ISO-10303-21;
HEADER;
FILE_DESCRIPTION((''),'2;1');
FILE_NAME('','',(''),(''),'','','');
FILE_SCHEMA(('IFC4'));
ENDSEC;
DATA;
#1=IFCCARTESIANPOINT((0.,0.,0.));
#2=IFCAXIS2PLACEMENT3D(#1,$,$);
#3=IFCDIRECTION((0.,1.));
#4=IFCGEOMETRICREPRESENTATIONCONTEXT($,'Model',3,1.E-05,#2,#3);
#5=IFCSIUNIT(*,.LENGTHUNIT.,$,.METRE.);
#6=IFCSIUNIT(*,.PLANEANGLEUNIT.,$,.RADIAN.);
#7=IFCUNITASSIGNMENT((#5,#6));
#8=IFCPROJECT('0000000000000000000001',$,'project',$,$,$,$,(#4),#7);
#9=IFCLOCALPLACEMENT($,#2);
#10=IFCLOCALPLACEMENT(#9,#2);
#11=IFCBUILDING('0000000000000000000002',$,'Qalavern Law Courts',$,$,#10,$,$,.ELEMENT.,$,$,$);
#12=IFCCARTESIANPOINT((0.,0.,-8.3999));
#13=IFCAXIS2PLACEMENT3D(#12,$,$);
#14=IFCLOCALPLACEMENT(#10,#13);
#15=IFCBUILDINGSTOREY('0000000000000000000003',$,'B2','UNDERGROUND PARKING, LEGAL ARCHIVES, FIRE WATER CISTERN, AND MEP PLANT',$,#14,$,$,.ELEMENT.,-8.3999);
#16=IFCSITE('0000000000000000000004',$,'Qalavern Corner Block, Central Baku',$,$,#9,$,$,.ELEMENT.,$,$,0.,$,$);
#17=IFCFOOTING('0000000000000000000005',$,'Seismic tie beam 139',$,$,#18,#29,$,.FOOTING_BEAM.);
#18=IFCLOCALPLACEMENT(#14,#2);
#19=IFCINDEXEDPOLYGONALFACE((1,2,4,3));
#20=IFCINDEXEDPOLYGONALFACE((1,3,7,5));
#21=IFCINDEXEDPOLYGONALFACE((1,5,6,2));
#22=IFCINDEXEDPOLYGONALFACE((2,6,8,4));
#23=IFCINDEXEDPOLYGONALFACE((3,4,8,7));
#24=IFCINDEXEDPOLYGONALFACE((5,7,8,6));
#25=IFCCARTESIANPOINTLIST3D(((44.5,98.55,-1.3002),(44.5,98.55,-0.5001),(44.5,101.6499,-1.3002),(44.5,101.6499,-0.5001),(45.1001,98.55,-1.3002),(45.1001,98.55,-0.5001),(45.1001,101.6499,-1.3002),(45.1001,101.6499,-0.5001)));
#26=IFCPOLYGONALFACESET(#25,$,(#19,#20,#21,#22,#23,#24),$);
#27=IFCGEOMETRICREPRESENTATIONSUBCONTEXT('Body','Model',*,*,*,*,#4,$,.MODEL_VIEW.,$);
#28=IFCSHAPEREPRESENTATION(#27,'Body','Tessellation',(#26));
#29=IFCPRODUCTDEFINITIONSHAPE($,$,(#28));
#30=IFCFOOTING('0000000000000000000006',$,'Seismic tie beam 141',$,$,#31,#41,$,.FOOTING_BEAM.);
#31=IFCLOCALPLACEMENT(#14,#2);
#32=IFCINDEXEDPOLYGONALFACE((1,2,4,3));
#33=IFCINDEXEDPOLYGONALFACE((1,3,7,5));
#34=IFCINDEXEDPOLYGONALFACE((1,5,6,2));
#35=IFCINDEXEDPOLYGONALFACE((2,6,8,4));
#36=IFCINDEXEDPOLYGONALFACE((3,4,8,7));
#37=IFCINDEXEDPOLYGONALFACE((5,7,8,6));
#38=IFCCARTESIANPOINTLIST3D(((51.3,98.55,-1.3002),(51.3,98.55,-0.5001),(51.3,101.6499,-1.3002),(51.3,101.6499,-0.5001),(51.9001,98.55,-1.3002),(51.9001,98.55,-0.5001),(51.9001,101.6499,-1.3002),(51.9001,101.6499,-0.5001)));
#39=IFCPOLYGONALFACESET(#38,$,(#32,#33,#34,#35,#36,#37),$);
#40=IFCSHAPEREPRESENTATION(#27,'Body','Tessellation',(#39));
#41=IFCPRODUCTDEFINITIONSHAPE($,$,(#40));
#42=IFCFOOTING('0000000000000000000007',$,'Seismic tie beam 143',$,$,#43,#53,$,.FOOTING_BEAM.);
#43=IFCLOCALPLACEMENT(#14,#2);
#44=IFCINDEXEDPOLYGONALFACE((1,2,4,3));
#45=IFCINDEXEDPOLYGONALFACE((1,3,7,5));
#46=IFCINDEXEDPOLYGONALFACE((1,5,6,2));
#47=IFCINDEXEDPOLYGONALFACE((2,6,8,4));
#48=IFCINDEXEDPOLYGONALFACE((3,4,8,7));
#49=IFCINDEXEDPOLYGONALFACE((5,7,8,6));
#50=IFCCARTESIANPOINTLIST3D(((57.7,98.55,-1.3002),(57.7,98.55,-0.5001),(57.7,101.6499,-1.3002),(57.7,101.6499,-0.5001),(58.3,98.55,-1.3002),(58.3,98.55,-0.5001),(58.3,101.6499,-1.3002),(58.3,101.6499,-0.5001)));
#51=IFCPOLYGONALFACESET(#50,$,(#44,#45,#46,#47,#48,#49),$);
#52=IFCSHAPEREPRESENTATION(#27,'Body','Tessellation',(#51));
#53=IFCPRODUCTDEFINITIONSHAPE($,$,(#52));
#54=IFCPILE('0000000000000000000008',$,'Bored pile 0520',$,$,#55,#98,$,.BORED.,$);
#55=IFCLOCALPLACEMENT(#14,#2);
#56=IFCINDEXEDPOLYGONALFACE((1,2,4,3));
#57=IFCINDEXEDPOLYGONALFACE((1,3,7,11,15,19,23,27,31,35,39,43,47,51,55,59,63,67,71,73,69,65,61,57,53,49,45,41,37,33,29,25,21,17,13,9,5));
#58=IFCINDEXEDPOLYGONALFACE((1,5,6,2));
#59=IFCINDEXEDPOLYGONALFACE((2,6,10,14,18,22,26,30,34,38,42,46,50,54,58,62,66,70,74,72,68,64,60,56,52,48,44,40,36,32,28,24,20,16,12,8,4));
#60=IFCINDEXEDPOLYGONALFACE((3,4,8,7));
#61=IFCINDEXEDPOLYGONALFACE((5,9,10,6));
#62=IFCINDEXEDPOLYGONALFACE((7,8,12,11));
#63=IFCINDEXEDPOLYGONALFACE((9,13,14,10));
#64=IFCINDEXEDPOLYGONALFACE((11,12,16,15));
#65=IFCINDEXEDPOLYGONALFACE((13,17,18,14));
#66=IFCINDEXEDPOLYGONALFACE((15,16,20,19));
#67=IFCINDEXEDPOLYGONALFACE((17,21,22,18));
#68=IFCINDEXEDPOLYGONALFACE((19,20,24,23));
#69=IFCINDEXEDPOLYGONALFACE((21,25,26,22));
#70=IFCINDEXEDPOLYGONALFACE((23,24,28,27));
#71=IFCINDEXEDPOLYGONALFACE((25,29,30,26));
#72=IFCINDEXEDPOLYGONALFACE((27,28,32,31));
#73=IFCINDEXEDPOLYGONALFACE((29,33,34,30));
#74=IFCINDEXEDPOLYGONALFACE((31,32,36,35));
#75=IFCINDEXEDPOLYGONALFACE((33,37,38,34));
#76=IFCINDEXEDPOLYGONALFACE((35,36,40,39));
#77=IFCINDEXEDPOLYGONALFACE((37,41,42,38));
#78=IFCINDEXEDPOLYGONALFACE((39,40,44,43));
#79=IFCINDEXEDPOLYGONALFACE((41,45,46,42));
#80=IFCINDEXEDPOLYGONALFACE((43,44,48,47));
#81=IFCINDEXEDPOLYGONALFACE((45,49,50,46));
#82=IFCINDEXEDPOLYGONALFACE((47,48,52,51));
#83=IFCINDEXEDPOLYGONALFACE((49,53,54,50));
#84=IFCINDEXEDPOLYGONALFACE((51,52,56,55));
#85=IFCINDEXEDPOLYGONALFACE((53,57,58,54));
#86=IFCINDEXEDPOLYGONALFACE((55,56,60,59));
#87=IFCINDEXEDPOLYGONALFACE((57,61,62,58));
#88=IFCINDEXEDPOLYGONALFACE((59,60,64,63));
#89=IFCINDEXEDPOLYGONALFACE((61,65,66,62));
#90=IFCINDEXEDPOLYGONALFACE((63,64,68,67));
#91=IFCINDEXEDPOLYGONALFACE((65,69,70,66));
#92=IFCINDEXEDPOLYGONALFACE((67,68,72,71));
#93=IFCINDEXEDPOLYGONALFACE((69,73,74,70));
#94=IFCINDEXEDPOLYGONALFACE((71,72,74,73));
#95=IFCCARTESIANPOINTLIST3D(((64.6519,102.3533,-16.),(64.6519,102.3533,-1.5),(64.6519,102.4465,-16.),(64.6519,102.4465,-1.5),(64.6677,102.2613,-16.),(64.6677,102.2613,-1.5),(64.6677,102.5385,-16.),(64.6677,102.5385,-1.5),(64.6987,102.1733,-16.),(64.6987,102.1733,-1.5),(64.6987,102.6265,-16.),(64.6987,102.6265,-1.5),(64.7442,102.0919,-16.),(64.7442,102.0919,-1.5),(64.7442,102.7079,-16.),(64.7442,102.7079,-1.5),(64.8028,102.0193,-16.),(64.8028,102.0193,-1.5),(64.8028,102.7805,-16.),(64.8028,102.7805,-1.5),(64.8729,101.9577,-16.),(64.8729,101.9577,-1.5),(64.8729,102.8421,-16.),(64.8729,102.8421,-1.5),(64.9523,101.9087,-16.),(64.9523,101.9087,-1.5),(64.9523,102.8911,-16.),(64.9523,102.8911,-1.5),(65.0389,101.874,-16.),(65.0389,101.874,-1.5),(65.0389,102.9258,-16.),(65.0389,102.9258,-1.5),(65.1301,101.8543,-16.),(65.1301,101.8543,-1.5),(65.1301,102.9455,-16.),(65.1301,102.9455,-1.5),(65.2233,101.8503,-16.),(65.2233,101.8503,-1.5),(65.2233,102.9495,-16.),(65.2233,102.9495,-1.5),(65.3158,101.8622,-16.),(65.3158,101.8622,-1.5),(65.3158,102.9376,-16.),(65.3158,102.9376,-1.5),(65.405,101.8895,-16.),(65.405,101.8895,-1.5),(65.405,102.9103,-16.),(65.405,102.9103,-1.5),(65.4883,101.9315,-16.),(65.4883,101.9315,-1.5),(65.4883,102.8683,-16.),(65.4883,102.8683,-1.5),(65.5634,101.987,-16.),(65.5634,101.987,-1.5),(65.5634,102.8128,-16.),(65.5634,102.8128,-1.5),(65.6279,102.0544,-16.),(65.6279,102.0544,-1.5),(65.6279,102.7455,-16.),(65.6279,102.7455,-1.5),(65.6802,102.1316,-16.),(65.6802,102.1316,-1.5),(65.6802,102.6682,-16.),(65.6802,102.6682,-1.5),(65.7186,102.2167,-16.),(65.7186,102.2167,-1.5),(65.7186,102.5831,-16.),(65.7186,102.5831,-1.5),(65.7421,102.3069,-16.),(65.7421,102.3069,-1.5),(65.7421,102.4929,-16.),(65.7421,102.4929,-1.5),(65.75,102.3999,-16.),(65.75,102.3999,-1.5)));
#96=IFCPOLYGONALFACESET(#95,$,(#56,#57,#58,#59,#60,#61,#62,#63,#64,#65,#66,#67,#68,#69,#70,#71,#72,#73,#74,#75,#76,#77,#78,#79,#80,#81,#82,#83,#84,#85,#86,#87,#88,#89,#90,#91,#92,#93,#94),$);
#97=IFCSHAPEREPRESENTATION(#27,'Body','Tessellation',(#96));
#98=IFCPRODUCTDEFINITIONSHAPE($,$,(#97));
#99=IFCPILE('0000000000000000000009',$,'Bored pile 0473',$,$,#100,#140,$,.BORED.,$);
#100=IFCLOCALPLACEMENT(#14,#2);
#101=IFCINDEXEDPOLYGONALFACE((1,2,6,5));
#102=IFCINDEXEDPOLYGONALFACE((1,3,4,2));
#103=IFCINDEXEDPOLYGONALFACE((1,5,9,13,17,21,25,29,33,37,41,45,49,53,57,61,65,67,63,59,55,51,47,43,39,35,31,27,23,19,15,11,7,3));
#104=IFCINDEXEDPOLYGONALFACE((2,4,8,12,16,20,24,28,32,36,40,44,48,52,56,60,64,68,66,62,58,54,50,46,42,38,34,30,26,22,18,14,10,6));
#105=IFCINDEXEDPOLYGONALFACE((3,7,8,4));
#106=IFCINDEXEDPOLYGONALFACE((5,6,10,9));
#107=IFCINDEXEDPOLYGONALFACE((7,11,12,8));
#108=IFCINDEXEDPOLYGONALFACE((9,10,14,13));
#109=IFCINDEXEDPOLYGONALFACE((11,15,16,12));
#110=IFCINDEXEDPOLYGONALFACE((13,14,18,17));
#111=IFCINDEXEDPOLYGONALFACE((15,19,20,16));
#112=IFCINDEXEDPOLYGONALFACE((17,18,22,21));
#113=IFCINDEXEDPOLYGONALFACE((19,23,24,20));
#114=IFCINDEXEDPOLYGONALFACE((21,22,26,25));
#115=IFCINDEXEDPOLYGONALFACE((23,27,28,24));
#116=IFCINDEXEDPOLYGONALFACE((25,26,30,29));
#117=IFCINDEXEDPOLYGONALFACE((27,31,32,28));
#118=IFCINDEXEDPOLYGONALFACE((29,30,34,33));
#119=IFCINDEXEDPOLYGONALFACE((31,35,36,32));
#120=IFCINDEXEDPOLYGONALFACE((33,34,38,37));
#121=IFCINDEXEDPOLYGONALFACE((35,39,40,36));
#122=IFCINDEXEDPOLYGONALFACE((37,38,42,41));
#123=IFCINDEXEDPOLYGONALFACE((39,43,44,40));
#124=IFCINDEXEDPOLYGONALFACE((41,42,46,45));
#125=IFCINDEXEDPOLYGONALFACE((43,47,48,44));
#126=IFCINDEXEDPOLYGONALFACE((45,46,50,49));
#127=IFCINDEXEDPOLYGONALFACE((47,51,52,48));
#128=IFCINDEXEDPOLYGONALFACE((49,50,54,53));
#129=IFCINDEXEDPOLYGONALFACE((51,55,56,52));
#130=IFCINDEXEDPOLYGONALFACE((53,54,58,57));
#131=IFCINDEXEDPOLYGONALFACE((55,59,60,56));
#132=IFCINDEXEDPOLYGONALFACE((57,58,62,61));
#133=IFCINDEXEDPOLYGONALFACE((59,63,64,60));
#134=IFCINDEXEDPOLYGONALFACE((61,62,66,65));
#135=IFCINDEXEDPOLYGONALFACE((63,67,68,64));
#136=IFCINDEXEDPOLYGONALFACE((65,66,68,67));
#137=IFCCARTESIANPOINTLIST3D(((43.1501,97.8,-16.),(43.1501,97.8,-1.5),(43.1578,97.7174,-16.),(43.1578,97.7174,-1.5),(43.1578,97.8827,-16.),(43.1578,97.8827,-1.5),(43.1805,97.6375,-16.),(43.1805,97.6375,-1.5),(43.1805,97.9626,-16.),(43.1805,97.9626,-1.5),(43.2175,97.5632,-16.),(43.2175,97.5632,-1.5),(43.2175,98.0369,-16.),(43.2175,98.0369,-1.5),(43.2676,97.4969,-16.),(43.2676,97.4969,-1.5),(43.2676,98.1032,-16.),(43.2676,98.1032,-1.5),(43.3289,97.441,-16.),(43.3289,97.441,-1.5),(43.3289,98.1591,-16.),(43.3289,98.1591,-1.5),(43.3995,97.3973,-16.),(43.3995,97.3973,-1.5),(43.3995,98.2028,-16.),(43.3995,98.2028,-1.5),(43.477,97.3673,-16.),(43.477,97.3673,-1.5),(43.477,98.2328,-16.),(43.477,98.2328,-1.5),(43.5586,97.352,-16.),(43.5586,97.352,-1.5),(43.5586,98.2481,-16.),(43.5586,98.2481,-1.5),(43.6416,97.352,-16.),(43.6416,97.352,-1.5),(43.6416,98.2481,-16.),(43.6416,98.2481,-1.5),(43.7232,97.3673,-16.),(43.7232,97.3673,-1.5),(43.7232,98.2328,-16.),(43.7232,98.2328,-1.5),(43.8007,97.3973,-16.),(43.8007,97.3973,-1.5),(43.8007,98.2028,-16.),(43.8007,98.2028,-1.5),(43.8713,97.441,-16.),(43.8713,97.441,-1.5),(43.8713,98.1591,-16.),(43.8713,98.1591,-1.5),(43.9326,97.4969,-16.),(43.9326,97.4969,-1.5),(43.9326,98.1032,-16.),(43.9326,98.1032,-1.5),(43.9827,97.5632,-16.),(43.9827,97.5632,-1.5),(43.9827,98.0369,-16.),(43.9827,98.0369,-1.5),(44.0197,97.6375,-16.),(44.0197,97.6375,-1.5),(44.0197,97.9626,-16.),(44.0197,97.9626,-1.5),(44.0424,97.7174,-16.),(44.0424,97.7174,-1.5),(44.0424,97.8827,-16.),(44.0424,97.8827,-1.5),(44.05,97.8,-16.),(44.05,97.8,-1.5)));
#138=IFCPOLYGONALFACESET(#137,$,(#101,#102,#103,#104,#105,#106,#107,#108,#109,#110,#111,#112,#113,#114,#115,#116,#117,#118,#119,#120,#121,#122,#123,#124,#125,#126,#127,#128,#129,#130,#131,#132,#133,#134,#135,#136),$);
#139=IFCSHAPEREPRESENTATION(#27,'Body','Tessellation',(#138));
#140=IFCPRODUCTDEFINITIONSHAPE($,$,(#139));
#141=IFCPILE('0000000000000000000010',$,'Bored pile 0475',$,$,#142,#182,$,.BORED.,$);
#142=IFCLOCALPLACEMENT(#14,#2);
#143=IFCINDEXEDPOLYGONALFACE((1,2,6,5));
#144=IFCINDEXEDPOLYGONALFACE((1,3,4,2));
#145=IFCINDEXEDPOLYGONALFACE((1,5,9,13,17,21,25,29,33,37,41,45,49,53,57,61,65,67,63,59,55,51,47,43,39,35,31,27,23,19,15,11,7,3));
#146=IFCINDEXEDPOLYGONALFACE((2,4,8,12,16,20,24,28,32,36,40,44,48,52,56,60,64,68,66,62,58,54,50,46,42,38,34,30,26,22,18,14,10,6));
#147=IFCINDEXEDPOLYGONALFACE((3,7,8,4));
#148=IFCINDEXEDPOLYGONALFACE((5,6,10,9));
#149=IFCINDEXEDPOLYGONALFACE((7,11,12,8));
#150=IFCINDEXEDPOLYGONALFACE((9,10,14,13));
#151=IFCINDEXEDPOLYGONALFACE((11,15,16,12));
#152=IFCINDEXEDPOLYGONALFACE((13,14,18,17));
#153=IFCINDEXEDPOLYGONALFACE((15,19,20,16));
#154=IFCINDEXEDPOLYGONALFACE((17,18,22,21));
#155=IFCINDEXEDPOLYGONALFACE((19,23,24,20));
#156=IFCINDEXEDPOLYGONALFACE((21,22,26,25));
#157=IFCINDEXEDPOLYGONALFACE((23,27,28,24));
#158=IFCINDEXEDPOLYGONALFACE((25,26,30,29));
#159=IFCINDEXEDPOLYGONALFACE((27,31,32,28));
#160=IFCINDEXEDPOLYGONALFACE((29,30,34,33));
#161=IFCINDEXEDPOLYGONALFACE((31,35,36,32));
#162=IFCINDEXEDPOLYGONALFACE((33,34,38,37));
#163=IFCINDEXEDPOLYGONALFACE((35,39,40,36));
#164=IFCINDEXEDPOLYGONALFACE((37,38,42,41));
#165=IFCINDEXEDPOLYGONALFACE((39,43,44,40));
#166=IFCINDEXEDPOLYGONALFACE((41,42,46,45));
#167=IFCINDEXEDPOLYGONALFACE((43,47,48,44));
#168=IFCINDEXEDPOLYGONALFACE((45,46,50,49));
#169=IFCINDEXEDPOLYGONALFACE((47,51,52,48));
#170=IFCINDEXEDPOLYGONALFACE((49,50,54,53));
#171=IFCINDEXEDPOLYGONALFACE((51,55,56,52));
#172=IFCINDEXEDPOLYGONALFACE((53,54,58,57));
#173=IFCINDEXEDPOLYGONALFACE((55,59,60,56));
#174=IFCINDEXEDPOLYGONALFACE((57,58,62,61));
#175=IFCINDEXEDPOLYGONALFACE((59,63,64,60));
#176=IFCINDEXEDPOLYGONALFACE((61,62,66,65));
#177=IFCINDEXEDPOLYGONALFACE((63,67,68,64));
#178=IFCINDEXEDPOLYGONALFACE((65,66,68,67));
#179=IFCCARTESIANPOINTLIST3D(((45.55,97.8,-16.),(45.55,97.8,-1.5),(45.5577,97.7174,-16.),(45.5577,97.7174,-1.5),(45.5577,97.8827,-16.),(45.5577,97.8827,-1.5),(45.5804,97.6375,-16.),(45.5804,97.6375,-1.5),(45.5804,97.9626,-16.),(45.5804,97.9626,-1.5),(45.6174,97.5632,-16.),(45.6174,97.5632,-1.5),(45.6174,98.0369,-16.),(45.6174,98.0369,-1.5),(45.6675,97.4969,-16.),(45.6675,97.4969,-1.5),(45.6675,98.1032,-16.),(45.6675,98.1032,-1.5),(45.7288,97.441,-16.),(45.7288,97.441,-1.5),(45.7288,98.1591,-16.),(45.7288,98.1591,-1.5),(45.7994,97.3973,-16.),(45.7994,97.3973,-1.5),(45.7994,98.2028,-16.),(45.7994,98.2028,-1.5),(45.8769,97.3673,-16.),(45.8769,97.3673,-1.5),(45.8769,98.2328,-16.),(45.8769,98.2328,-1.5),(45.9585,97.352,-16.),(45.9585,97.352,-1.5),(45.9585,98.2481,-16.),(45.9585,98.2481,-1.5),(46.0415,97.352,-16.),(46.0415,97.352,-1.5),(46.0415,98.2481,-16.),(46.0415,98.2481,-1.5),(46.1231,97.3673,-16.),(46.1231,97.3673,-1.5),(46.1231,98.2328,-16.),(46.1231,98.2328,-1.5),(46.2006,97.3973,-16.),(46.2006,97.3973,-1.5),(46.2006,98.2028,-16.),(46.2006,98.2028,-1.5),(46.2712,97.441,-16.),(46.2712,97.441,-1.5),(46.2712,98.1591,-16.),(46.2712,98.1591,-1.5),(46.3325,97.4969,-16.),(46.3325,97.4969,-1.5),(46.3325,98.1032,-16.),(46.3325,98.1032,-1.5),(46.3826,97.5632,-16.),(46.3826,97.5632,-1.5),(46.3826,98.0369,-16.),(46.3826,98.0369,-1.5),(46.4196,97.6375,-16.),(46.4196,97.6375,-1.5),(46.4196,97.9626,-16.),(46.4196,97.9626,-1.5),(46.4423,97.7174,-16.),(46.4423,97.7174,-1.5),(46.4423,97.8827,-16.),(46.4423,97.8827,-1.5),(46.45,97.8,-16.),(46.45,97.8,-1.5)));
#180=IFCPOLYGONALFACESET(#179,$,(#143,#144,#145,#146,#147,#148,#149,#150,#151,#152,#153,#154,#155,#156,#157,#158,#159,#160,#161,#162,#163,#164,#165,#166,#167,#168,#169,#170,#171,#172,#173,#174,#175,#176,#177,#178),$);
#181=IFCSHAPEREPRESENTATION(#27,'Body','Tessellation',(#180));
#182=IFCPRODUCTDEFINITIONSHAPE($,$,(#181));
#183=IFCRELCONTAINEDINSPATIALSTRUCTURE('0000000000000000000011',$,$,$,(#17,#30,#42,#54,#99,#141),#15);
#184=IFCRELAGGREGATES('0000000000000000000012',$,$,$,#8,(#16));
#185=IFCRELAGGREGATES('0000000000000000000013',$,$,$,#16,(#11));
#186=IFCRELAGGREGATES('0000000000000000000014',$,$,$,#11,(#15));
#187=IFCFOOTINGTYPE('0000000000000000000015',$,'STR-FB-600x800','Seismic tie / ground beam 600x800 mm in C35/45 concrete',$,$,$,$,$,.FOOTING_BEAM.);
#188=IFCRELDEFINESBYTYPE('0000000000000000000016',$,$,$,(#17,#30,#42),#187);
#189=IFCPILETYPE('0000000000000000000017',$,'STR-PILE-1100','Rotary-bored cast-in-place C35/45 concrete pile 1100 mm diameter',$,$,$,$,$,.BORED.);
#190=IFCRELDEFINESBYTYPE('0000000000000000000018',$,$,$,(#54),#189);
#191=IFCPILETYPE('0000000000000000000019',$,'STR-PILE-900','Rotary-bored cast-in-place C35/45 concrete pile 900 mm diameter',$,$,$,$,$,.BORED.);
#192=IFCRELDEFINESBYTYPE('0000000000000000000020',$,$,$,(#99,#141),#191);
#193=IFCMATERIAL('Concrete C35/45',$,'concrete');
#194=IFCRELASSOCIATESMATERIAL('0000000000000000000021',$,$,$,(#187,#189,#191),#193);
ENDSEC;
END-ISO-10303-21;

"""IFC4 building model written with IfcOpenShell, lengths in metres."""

from ifc_helpers import new_model, si_unit, direction, frame, origin, origin_2d, place, context, subcontext, project, spatial, rectangle, circle, extrude, material, material_profile, profile_set, type_object, element, save


model = new_model("IFC4")

# Units and contexts
model_context = context("Model", 3, precision=1e-05, world=origin(), true_north=direction((0.0, 1.0)))
body_context = subcontext(model_context, "Body", "Model", "MODEL_VIEW")
ifc_project = project(units=[si_unit("LENGTHUNIT", "METRE"), si_unit("PLANEANGLEUNIT", "RADIAN")], contexts=[model_context])

# Site, building, storey
site_placement = place(None, origin())
site = spatial("IfcSite", under=ifc_project, at=site_placement, Name="Qalavern Corner Block, Central Baku", CompositionType="ELEMENT", RefElevation=0.0)
building_placement = place(site_placement, origin())
building = spatial("IfcBuilding", under=site, at=building_placement, Name="Qalavern Law Courts", CompositionType="ELEMENT")
storey_placement = place(building_placement, frame((0.0, 0.0, -8.3999)))
storey = spatial("IfcBuildingStorey", under=building, at=storey_placement, Name="B2", Description="UNDERGROUND PARKING, LEGAL ARCHIVES, FIRE WATER CISTERN, AND MEP PLANT", CompositionType="ELEMENT", Elevation=-8.3999)

# Footings
ifc_material_1 = material(Name="Concrete C35/45", Category="concrete")
ifc_material_profile_1 = material_profile(ifc_material_1, rectangle(XDim=0.6001, YDim=0.8, at=origin_2d()), Name="RC 600x800")
ifc_profile_set_1 = profile_set([ifc_material_profile_1], Name="Concrete C35/45")
footing_type = type_object("IfcFootingType", Name="STR-FB-600x800", Description="Seismic tie / ground beam 600x800 mm in C35/45 concrete", PredefinedType="FOOTING_BEAM", material=ifc_profile_set_1)
for number, where, z_axis, x_axis, name in (
    (1, (44.8, 98.55, -0.9001), (0.0, 1.0, 0.0), (-1.0, 0.0, 0.0), "Seismic tie beam 139"),
    (2, (51.6001, 98.55, -0.9001), (0.0, 1.0, 0.0), (-1.0, 0.0, 0.0), "Seismic tie beam 141"),
    (3, (58.0, 98.55, -0.9001), (0.0, 1.0, 0.0), (-1.0, 0.0, 0.0), "Seismic tie beam 143"),
):
    element("IfcFooting", number, at=place(storey_placement, frame(where, z_axis=z_axis, x_axis=x_axis)), inside=storey, type_object=footing_type, Name=name, PredefinedType="FOOTING_BEAM", context=body_context, shape_type="SweptSolid", body=[
        extrude(rectangle(XDim=0.6001, YDim=0.8, at=origin_2d()), origin(), (0.0, 0.0, 1.0), 3.0999),
    ])

# Piles
ifc_material_profile_2 = material_profile(ifc_material_1, circle(Radius=0.55, at=origin_2d()), Name="BORED PILE 1100")
ifc_profile_set_2 = profile_set([ifc_material_profile_2], Name="Concrete C35/45")
pile_type_1 = type_object("IfcPileType", Name="STR-PILE-1100", Description="Rotary-bored cast-in-place C35/45 concrete pile 1100 mm diameter", PredefinedType="BORED", material=ifc_profile_set_2)
pile_placement = place(storey_placement, frame((65.2, 102.3999, -1.5), z_axis=(0.0, 0.0, -1.0), x_axis=(1.0, 0.0, 0.0)))
element("IfcPile", 4, at=pile_placement, inside=storey, type_object=pile_type_1, Name="Bored pile 0520", PredefinedType="BORED", context=body_context, shape_type="SweptSolid", body=[
    extrude(circle(Radius=0.55, at=origin_2d()), origin(), (0.0, 0.0, 1.0), 14.5),
])
ifc_material_profile_3 = material_profile(ifc_material_1, circle(Radius=0.45, at=origin_2d()), Name="BORED PILE 900")
ifc_profile_set_3 = profile_set([ifc_material_profile_3], Name="Concrete C35/45")
pile_type_2 = type_object("IfcPileType", Name="STR-PILE-900", Description="Rotary-bored cast-in-place C35/45 concrete pile 900 mm diameter", PredefinedType="BORED", material=ifc_profile_set_3)
for number, where, z_axis, x_axis, name in (
    (5, (43.6001, 97.8, -1.5), (0.0, 0.0, -1.0), (1.0, 0.0, 0.0), "Bored pile 0473"),
    (6, (46.0, 97.8, -1.5), (0.0, 0.0, -1.0), (1.0, 0.0, 0.0), "Bored pile 0475"),
):
    element("IfcPile", number, at=place(storey_placement, frame(where, z_axis=z_axis, x_axis=x_axis)), inside=storey, type_object=pile_type_2, Name=name, PredefinedType="BORED", context=body_context, shape_type="SweptSolid", body=[
        extrude(circle(Radius=0.45, at=origin_2d()), origin(), (0.0, 0.0, 1.0), 14.5),
    ])

save(model, "model.ifc")
